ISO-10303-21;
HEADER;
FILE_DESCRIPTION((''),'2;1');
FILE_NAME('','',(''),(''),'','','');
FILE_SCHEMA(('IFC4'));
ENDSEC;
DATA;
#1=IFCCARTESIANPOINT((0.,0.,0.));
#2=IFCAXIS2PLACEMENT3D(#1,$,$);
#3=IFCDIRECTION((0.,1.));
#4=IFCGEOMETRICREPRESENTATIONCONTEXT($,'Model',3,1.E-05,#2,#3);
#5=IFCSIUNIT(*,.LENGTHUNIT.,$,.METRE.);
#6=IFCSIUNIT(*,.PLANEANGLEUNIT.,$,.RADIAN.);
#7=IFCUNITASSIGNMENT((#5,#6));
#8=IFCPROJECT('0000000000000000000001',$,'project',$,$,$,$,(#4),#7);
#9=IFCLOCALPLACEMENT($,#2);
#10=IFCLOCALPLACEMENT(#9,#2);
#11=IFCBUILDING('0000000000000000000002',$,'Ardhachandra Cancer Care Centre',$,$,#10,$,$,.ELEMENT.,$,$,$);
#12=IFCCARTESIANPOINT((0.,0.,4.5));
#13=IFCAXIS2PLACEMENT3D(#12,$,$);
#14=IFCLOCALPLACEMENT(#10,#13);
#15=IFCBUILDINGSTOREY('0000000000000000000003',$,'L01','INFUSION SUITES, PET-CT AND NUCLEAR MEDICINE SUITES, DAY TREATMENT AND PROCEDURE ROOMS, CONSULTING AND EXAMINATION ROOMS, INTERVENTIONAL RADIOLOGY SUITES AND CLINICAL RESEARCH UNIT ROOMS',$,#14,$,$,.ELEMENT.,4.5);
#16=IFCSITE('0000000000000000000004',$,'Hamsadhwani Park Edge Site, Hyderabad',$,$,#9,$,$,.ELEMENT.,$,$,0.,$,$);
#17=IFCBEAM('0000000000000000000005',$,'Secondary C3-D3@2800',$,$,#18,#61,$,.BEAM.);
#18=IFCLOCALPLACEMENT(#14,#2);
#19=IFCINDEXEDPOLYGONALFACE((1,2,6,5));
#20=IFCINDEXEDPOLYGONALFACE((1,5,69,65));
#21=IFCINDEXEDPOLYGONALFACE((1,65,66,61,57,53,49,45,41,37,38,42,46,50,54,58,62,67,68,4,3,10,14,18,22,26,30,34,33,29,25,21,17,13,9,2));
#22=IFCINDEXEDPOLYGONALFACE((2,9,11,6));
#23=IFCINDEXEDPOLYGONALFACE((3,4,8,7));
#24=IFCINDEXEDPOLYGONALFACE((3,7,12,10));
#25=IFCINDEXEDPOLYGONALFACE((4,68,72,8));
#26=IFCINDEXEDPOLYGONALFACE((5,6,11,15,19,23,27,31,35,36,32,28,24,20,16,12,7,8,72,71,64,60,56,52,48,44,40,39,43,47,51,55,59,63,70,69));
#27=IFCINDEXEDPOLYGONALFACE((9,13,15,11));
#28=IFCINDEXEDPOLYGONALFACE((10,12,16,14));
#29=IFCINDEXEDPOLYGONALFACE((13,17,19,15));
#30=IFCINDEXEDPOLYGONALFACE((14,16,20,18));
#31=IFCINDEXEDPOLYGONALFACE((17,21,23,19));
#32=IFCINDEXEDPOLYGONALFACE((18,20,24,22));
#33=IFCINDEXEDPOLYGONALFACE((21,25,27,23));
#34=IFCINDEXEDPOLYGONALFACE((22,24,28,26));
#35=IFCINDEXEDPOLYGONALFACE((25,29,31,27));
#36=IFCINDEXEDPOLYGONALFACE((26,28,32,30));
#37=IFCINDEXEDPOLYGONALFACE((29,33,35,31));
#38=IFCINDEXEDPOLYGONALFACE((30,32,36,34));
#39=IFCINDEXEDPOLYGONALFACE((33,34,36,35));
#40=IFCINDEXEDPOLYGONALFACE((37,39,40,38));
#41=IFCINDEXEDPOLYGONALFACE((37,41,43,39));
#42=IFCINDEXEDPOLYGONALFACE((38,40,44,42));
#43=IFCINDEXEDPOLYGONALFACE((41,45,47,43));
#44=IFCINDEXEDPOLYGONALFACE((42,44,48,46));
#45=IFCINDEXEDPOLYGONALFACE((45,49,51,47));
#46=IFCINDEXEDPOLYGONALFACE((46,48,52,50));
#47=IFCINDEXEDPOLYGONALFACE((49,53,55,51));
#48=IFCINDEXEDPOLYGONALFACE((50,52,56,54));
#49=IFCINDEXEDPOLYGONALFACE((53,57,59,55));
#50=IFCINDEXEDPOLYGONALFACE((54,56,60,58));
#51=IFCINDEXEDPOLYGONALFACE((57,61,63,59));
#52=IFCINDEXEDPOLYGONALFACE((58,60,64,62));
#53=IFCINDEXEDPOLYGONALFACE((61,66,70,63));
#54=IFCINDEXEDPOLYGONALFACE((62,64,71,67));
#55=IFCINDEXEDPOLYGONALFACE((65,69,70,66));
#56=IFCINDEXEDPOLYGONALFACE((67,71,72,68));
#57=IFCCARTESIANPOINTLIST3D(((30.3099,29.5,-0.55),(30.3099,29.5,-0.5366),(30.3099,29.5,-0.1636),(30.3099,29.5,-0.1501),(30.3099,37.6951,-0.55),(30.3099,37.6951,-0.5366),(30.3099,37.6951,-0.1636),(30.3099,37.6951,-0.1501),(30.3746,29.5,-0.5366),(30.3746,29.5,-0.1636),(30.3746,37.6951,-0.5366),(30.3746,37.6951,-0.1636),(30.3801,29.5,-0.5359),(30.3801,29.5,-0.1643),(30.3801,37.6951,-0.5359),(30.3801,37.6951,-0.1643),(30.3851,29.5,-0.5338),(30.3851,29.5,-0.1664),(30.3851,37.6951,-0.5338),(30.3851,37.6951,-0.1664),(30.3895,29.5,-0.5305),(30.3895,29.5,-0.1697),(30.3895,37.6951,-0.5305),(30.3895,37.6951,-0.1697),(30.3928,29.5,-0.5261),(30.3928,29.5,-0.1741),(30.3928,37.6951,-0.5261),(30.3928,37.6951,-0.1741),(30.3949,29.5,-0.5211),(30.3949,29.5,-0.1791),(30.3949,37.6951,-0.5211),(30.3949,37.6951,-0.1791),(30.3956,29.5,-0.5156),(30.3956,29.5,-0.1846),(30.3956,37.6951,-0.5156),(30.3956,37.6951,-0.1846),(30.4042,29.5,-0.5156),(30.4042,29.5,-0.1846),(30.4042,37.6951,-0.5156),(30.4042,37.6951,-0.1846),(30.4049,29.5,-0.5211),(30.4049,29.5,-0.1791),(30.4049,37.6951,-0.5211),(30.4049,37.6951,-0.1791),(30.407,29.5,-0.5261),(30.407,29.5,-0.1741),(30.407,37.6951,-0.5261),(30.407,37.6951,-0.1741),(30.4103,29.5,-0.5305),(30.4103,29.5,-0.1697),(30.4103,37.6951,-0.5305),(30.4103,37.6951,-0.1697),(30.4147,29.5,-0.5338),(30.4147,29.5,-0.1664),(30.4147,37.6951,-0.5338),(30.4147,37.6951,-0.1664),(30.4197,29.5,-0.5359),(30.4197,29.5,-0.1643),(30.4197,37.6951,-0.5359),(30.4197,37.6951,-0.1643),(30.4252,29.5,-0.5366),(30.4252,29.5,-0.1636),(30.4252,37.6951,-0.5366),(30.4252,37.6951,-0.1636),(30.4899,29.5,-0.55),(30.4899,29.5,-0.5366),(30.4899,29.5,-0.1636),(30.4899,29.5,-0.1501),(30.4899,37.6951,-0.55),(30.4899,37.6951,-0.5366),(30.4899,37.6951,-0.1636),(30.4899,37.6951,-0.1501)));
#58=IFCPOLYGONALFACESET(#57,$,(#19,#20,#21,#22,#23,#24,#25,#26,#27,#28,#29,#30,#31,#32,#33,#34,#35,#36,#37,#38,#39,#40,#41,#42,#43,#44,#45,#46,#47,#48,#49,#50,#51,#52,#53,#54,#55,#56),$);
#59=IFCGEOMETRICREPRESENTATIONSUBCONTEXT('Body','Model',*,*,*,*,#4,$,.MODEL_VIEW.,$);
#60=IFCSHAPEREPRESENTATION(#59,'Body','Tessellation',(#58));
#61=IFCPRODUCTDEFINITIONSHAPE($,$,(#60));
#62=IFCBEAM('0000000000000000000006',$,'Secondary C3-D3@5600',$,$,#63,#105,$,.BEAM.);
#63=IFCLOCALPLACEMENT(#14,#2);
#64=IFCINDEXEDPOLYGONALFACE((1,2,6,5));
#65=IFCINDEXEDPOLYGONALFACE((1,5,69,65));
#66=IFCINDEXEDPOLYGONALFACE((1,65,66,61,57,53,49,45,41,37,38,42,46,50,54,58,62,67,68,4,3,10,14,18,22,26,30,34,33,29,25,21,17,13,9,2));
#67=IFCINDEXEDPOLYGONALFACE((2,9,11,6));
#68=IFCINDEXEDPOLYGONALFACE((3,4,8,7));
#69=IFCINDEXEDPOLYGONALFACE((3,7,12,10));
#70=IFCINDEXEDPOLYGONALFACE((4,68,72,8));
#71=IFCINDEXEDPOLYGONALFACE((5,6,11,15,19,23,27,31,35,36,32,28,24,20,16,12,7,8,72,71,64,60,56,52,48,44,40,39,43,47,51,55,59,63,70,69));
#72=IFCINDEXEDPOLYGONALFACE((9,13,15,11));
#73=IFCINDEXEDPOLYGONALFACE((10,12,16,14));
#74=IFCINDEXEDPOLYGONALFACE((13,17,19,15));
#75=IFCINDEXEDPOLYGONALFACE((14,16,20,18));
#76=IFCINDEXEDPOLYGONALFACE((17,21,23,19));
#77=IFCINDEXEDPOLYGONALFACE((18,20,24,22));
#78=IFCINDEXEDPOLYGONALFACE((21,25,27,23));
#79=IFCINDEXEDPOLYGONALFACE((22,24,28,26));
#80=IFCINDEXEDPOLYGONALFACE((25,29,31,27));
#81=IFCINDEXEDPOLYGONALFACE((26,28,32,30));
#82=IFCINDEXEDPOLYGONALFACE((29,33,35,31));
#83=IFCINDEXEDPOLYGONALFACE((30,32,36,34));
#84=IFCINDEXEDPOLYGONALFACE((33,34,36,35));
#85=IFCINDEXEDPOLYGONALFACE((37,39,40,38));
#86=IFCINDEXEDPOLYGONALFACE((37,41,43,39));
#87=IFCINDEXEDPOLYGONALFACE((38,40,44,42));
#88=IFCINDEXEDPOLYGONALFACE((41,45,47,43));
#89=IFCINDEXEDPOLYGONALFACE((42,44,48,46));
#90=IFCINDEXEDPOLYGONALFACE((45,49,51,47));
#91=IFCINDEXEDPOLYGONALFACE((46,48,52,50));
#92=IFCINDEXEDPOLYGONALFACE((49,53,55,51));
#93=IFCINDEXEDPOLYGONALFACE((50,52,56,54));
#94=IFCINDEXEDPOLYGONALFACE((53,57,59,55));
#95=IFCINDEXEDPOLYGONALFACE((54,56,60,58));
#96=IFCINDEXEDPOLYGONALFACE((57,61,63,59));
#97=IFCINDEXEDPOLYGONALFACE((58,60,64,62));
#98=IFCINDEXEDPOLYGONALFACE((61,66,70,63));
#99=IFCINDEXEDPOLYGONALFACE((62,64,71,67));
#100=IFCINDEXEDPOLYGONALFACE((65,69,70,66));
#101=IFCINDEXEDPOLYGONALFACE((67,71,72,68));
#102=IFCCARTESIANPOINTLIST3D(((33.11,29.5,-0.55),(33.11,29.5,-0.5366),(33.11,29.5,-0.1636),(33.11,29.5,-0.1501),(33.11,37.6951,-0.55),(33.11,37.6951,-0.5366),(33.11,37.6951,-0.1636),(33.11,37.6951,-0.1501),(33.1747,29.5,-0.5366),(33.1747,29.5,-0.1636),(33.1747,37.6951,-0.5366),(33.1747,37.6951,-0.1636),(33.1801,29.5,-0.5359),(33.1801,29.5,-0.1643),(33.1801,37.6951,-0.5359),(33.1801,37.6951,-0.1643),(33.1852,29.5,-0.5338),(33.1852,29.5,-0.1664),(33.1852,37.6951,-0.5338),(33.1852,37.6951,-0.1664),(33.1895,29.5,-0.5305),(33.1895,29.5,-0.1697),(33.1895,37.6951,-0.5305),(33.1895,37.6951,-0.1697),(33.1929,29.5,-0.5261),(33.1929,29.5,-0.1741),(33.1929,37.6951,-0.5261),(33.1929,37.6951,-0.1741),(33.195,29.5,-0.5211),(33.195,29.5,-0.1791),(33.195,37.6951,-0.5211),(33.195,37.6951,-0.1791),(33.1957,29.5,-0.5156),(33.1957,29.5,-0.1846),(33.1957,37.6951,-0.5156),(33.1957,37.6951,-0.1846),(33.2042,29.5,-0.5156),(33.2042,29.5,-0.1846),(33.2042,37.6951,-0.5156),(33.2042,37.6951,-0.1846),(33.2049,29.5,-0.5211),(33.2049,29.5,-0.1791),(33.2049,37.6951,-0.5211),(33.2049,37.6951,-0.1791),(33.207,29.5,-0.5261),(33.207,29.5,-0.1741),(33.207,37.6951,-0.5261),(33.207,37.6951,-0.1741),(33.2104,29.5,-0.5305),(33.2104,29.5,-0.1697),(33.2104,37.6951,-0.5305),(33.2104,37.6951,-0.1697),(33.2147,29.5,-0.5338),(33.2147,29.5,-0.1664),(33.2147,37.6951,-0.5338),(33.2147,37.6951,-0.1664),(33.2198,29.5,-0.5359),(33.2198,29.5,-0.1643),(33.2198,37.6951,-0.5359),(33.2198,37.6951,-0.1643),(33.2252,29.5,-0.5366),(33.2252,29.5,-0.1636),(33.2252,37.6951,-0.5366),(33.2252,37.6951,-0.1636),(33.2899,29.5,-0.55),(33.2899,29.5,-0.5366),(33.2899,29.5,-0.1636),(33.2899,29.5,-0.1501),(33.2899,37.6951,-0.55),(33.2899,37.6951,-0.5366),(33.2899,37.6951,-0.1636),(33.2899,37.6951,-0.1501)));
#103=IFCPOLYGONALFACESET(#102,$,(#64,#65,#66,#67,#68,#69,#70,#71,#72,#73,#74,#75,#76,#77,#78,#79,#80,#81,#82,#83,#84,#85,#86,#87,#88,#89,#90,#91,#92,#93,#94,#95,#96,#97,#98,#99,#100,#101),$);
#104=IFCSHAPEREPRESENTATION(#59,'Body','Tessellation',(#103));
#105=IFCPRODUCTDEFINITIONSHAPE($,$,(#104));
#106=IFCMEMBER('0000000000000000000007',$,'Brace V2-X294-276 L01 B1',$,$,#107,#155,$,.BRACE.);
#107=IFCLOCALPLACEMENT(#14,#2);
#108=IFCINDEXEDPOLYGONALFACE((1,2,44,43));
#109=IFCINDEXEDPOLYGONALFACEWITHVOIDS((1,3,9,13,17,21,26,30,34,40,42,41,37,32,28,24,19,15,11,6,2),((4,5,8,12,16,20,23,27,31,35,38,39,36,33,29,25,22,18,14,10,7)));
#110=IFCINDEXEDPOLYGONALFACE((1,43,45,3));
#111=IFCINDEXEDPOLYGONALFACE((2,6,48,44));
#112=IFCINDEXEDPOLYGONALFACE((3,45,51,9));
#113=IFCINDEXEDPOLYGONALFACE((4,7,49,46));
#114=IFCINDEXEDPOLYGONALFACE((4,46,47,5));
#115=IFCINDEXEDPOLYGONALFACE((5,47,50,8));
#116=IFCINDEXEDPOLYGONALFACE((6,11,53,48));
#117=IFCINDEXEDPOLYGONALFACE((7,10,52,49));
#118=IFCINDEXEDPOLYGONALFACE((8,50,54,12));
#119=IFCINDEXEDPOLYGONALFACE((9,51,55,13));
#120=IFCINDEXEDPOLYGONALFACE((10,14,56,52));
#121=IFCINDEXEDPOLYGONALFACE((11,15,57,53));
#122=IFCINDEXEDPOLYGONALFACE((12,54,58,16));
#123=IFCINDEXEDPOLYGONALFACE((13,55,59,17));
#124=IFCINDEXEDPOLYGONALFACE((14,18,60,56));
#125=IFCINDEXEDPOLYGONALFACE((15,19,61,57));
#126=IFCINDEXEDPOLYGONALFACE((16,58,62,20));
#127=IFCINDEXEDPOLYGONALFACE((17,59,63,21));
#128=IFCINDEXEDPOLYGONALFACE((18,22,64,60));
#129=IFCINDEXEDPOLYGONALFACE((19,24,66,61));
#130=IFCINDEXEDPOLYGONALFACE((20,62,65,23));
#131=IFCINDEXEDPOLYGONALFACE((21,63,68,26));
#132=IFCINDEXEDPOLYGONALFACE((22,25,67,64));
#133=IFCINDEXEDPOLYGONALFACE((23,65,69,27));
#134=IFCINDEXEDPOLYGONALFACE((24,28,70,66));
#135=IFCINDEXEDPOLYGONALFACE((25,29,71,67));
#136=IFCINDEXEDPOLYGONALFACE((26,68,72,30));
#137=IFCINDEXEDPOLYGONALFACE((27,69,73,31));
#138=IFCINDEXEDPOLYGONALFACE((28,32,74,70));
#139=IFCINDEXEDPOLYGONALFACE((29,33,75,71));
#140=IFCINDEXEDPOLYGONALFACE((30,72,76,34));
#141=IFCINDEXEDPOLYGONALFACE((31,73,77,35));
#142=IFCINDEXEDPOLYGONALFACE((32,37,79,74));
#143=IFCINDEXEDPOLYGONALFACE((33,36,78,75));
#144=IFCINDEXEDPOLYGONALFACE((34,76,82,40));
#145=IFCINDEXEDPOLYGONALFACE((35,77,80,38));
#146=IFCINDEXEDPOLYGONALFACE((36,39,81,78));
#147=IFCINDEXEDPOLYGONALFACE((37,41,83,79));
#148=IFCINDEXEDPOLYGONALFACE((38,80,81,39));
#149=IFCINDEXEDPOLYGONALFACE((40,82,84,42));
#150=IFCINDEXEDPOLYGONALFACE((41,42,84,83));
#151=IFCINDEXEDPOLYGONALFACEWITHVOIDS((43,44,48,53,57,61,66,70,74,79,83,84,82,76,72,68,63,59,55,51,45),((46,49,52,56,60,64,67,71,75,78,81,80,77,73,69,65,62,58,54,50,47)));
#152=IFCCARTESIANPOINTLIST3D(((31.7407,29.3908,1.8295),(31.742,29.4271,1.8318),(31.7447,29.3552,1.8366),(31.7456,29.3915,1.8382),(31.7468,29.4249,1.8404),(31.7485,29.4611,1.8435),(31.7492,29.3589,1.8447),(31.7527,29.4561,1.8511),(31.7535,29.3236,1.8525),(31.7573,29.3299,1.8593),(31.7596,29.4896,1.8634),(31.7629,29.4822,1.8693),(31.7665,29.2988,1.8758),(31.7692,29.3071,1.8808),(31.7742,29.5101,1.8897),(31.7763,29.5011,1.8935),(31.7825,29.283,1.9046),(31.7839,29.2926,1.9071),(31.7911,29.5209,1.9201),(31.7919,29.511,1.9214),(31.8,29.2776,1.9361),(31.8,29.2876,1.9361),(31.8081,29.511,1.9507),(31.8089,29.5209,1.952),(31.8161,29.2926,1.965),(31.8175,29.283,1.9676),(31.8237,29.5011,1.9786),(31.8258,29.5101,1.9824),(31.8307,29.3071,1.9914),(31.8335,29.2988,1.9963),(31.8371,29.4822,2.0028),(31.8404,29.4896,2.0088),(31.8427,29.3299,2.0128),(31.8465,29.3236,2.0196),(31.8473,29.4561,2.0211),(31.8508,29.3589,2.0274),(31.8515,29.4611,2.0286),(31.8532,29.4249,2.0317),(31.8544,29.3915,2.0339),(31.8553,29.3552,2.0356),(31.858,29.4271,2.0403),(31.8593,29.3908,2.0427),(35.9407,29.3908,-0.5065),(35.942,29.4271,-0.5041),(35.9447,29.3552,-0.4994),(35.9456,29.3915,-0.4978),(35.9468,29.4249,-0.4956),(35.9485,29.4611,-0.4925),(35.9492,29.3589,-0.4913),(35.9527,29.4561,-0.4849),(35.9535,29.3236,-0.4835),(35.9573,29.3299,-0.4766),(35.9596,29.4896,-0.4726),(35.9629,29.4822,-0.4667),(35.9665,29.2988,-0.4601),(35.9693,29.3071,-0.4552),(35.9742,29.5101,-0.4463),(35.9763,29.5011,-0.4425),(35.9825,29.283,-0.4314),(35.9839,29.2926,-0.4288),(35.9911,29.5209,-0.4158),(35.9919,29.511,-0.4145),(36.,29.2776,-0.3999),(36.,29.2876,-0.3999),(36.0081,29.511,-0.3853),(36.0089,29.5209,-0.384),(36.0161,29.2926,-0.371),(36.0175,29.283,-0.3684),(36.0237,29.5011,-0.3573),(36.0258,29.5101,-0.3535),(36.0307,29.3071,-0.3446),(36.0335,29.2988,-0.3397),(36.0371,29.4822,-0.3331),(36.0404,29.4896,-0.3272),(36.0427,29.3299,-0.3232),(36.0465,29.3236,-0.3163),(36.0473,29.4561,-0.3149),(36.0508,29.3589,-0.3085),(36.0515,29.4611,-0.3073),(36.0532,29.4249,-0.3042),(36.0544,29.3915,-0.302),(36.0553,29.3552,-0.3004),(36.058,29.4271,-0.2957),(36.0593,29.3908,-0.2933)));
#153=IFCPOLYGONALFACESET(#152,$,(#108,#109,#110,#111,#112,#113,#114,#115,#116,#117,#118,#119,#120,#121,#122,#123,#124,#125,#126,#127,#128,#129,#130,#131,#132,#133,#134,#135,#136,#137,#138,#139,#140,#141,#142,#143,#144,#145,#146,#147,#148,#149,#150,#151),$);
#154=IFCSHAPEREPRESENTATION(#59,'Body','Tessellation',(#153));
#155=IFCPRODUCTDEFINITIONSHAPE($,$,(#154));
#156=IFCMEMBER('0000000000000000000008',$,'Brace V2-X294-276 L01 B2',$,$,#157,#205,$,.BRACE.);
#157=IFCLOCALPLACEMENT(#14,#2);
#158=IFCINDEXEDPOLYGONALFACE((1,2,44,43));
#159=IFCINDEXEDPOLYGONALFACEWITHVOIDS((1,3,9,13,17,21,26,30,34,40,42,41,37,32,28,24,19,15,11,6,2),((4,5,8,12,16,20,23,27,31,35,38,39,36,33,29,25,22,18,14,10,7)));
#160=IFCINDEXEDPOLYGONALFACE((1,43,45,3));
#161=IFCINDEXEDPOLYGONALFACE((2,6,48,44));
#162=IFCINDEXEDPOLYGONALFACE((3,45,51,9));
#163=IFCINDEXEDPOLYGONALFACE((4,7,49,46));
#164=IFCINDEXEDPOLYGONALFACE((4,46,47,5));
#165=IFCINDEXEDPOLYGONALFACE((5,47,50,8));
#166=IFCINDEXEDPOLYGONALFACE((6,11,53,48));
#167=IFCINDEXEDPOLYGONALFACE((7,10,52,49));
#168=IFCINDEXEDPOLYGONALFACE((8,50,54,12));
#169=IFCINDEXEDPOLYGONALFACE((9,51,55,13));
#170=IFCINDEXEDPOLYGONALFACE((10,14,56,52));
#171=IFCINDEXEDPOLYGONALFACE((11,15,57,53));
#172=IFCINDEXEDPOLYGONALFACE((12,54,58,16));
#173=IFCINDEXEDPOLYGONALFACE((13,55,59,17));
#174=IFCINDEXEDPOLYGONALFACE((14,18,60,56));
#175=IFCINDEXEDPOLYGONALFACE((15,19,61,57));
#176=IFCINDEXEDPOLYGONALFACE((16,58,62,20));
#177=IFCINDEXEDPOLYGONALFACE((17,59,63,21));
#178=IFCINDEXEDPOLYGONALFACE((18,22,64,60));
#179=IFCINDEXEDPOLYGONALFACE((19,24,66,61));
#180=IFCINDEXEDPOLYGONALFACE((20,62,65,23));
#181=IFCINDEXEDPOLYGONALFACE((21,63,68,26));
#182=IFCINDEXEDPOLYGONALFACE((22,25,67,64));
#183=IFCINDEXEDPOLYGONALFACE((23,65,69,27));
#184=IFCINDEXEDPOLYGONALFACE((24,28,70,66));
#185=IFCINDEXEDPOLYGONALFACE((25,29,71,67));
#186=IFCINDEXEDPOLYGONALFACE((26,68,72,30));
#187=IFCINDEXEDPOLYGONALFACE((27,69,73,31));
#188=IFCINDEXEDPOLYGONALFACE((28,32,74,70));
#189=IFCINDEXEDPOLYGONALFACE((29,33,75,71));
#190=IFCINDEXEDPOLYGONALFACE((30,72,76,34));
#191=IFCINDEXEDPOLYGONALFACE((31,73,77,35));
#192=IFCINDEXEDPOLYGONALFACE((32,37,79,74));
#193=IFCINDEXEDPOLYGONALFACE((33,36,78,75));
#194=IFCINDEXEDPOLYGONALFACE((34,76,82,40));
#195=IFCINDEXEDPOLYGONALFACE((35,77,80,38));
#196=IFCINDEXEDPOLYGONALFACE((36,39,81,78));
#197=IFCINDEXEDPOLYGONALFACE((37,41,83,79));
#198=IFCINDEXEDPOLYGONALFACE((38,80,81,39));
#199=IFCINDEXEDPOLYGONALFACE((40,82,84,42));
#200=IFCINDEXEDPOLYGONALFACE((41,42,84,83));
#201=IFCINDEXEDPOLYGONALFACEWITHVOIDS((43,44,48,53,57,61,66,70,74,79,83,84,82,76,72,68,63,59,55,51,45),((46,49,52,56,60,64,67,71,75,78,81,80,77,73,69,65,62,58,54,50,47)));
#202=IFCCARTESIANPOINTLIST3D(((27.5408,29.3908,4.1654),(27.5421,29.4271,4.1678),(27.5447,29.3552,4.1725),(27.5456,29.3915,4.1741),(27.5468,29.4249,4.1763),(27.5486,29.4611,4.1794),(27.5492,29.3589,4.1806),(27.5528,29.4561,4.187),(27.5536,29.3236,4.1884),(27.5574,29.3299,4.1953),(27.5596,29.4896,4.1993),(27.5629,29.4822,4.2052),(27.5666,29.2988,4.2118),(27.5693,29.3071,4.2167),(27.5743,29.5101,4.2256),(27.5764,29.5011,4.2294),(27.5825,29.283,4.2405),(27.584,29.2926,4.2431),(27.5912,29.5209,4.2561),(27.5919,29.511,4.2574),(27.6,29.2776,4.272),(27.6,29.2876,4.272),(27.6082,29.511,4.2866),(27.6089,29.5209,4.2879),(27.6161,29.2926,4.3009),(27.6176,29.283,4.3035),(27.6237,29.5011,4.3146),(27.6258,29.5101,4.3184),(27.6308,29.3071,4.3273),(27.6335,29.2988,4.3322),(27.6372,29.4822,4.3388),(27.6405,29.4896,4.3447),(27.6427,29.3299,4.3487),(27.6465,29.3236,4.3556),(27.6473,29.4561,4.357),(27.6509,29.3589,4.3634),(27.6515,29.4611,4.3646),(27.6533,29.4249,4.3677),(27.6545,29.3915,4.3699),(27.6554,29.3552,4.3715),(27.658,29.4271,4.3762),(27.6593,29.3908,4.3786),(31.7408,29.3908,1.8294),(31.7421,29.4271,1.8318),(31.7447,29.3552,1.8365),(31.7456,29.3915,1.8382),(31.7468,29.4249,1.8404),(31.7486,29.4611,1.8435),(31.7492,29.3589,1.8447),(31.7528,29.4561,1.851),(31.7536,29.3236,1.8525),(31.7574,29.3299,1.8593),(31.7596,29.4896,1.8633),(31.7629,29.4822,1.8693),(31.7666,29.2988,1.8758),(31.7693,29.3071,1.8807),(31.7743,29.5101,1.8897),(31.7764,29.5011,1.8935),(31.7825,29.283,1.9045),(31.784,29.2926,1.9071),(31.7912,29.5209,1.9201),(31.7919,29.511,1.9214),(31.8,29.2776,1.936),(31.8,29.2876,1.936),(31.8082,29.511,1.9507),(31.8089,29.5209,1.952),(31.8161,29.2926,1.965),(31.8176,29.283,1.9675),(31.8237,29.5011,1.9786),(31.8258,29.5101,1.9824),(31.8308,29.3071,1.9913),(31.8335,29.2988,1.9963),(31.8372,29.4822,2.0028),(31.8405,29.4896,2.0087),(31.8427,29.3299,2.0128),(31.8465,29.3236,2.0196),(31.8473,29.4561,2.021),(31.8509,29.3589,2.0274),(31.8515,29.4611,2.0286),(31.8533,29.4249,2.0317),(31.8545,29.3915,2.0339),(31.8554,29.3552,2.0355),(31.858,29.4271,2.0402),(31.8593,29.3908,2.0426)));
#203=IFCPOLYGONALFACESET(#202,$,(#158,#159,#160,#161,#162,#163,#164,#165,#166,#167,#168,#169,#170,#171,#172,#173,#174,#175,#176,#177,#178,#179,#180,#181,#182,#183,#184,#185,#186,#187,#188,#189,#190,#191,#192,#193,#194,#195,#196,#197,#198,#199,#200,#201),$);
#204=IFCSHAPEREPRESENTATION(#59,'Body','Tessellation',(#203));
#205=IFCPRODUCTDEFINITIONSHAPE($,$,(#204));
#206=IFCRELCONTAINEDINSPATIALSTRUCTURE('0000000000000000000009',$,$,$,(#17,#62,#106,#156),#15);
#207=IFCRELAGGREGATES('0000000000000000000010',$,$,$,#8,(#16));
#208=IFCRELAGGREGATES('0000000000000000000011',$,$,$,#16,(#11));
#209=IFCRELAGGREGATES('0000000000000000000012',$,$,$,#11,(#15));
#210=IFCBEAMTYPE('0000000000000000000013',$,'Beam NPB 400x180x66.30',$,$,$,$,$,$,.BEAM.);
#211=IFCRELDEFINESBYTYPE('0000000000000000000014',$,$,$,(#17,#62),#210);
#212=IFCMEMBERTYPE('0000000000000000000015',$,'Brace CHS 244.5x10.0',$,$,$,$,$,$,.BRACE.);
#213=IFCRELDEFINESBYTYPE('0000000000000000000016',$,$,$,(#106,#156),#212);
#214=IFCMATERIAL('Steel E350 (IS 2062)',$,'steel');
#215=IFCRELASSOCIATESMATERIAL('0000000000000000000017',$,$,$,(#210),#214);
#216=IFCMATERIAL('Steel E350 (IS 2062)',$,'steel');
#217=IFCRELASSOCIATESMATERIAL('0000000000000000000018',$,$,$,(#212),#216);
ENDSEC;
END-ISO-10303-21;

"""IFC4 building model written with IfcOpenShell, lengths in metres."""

from ifc_helpers import new_model, si_unit, direction, frame, origin, origin_2d, place, context, subcontext, project, spatial, hollow_circle, i_section, extrude, material, material_profile, profile_set, type_object, element, save


model = new_model("IFC4")

# Units and contexts
model_context = context("Model", 3, precision=1e-05, world=origin(), true_north=direction((0.0, 1.0)))
body_context = subcontext(model_context, "Body", "Model", "MODEL_VIEW")
ifc_project = project(units=[si_unit("LENGTHUNIT", "METRE"), si_unit("PLANEANGLEUNIT", "RADIAN")], contexts=[model_context])

# Site, building, storey
site_placement = place(None, origin())
site = spatial("IfcSite", under=ifc_project, at=site_placement, Name="Hamsadhwani Park Edge Site, Hyderabad", CompositionType="ELEMENT", RefElevation=0.0)
building_placement = place(site_placement, origin())
building = spatial("IfcBuilding", under=site, at=building_placement, Name="Ardhachandra Cancer Care Centre", CompositionType="ELEMENT")
storey_placement = place(building_placement, frame((0.0, 0.0, 4.5)))
storey = spatial("IfcBuildingStorey", under=building, at=storey_placement, Name="L01", Description="INFUSION SUITES, PET-CT AND NUCLEAR MEDICINE SUITES, DAY TREATMENT AND PROCEDURE ROOMS, CONSULTING AND EXAMINATION ROOMS, INTERVENTIONAL RADIOLOGY SUITES AND CLINICAL RESEARCH UNIT ROOMS", CompositionType="ELEMENT", Elevation=4.5)

# Beams
ifc_material_1 = material(Name="Steel E350 (IS 2062)", Category="steel")
ifc_material_profile_1 = material_profile(ifc_material_1, i_section(OverallWidth=0.1799, OverallDepth=0.3999, WebThickness=0.0085, FlangeThickness=0.0134, FilletRadius=0.021, at=origin_2d()), Name="NPB 400x180x66.30")
ifc_profile_set_1 = profile_set([ifc_material_profile_1], Name="Steel E350 (IS 2062)")
beam_type = type_object("IfcBeamType", Name="Beam NPB 400x180x66.30", PredefinedType="BEAM", material=ifc_profile_set_1)
for number, where, z_axis, x_axis, name in (
    (1, (30.3999, 29.5, -0.3501), (0.0, 1.0, 0.0), (-1.0, 0.0, 0.0), "Secondary C3-D3@2800"),
    (2, (33.2, 29.5, -0.3501), (0.0, 1.0, 0.0), (-1.0, 0.0, 0.0), "Secondary C3-D3@5600"),
):
    element("IfcBeam", number, at=place(storey_placement, frame(where, z_axis=z_axis, x_axis=x_axis)), inside=storey, type_object=beam_type, Name=name, PredefinedType="BEAM", context=body_context, shape_type="SweptSolid", body=[
        extrude(i_section(OverallWidth=0.1799, OverallDepth=0.3999, WebThickness=0.0085, FlangeThickness=0.0134, FilletRadius=0.021, at=origin_2d()), origin(), (0.0, 0.0, 1.0), 8.1951),
    ])

# Members
ifc_material_2 = material(Name="Steel E350 (IS 2062)", Category="steel")
ifc_material_profile_2 = material_profile(ifc_material_2, hollow_circle(Radius=0.1223, WallThickness=0.01, at=origin_2d()), Name="CHS 244.5x10.0")
ifc_profile_set_2 = profile_set([ifc_material_profile_2], Name="Steel E350 (IS 2062)")
member_type_1 = type_object("IfcMemberType", Name="Brace CHS 244.5x10.0", PredefinedType="BRACE", material=ifc_profile_set_2)
for number, where, z_axis, x_axis, name in (
    (3, (36.0, 29.3999, -0.3999), (-0.873925, 0.0, 0.486061), (0.0, -1.0, 0.0), "Brace V2-X294-276 L01 B1"),
    (4, (31.8, 29.3999, 1.936), (-0.873925, 0.0, 0.486061), (0.0, -1.0, 0.0), "Brace V2-X294-276 L01 B2"),
):
    element("IfcMember", number, at=place(storey_placement, frame(where, z_axis=z_axis, x_axis=x_axis)), inside=storey, type_object=member_type_1, Name=name, PredefinedType="BRACE", context=body_context, shape_type="SweptSolid", body=[
        extrude(hollow_circle(Radius=0.1223, WallThickness=0.01, at=origin_2d()), origin(), (0.0, 0.0, 1.0), 4.8059),
    ])

save(model, "model.ifc")
